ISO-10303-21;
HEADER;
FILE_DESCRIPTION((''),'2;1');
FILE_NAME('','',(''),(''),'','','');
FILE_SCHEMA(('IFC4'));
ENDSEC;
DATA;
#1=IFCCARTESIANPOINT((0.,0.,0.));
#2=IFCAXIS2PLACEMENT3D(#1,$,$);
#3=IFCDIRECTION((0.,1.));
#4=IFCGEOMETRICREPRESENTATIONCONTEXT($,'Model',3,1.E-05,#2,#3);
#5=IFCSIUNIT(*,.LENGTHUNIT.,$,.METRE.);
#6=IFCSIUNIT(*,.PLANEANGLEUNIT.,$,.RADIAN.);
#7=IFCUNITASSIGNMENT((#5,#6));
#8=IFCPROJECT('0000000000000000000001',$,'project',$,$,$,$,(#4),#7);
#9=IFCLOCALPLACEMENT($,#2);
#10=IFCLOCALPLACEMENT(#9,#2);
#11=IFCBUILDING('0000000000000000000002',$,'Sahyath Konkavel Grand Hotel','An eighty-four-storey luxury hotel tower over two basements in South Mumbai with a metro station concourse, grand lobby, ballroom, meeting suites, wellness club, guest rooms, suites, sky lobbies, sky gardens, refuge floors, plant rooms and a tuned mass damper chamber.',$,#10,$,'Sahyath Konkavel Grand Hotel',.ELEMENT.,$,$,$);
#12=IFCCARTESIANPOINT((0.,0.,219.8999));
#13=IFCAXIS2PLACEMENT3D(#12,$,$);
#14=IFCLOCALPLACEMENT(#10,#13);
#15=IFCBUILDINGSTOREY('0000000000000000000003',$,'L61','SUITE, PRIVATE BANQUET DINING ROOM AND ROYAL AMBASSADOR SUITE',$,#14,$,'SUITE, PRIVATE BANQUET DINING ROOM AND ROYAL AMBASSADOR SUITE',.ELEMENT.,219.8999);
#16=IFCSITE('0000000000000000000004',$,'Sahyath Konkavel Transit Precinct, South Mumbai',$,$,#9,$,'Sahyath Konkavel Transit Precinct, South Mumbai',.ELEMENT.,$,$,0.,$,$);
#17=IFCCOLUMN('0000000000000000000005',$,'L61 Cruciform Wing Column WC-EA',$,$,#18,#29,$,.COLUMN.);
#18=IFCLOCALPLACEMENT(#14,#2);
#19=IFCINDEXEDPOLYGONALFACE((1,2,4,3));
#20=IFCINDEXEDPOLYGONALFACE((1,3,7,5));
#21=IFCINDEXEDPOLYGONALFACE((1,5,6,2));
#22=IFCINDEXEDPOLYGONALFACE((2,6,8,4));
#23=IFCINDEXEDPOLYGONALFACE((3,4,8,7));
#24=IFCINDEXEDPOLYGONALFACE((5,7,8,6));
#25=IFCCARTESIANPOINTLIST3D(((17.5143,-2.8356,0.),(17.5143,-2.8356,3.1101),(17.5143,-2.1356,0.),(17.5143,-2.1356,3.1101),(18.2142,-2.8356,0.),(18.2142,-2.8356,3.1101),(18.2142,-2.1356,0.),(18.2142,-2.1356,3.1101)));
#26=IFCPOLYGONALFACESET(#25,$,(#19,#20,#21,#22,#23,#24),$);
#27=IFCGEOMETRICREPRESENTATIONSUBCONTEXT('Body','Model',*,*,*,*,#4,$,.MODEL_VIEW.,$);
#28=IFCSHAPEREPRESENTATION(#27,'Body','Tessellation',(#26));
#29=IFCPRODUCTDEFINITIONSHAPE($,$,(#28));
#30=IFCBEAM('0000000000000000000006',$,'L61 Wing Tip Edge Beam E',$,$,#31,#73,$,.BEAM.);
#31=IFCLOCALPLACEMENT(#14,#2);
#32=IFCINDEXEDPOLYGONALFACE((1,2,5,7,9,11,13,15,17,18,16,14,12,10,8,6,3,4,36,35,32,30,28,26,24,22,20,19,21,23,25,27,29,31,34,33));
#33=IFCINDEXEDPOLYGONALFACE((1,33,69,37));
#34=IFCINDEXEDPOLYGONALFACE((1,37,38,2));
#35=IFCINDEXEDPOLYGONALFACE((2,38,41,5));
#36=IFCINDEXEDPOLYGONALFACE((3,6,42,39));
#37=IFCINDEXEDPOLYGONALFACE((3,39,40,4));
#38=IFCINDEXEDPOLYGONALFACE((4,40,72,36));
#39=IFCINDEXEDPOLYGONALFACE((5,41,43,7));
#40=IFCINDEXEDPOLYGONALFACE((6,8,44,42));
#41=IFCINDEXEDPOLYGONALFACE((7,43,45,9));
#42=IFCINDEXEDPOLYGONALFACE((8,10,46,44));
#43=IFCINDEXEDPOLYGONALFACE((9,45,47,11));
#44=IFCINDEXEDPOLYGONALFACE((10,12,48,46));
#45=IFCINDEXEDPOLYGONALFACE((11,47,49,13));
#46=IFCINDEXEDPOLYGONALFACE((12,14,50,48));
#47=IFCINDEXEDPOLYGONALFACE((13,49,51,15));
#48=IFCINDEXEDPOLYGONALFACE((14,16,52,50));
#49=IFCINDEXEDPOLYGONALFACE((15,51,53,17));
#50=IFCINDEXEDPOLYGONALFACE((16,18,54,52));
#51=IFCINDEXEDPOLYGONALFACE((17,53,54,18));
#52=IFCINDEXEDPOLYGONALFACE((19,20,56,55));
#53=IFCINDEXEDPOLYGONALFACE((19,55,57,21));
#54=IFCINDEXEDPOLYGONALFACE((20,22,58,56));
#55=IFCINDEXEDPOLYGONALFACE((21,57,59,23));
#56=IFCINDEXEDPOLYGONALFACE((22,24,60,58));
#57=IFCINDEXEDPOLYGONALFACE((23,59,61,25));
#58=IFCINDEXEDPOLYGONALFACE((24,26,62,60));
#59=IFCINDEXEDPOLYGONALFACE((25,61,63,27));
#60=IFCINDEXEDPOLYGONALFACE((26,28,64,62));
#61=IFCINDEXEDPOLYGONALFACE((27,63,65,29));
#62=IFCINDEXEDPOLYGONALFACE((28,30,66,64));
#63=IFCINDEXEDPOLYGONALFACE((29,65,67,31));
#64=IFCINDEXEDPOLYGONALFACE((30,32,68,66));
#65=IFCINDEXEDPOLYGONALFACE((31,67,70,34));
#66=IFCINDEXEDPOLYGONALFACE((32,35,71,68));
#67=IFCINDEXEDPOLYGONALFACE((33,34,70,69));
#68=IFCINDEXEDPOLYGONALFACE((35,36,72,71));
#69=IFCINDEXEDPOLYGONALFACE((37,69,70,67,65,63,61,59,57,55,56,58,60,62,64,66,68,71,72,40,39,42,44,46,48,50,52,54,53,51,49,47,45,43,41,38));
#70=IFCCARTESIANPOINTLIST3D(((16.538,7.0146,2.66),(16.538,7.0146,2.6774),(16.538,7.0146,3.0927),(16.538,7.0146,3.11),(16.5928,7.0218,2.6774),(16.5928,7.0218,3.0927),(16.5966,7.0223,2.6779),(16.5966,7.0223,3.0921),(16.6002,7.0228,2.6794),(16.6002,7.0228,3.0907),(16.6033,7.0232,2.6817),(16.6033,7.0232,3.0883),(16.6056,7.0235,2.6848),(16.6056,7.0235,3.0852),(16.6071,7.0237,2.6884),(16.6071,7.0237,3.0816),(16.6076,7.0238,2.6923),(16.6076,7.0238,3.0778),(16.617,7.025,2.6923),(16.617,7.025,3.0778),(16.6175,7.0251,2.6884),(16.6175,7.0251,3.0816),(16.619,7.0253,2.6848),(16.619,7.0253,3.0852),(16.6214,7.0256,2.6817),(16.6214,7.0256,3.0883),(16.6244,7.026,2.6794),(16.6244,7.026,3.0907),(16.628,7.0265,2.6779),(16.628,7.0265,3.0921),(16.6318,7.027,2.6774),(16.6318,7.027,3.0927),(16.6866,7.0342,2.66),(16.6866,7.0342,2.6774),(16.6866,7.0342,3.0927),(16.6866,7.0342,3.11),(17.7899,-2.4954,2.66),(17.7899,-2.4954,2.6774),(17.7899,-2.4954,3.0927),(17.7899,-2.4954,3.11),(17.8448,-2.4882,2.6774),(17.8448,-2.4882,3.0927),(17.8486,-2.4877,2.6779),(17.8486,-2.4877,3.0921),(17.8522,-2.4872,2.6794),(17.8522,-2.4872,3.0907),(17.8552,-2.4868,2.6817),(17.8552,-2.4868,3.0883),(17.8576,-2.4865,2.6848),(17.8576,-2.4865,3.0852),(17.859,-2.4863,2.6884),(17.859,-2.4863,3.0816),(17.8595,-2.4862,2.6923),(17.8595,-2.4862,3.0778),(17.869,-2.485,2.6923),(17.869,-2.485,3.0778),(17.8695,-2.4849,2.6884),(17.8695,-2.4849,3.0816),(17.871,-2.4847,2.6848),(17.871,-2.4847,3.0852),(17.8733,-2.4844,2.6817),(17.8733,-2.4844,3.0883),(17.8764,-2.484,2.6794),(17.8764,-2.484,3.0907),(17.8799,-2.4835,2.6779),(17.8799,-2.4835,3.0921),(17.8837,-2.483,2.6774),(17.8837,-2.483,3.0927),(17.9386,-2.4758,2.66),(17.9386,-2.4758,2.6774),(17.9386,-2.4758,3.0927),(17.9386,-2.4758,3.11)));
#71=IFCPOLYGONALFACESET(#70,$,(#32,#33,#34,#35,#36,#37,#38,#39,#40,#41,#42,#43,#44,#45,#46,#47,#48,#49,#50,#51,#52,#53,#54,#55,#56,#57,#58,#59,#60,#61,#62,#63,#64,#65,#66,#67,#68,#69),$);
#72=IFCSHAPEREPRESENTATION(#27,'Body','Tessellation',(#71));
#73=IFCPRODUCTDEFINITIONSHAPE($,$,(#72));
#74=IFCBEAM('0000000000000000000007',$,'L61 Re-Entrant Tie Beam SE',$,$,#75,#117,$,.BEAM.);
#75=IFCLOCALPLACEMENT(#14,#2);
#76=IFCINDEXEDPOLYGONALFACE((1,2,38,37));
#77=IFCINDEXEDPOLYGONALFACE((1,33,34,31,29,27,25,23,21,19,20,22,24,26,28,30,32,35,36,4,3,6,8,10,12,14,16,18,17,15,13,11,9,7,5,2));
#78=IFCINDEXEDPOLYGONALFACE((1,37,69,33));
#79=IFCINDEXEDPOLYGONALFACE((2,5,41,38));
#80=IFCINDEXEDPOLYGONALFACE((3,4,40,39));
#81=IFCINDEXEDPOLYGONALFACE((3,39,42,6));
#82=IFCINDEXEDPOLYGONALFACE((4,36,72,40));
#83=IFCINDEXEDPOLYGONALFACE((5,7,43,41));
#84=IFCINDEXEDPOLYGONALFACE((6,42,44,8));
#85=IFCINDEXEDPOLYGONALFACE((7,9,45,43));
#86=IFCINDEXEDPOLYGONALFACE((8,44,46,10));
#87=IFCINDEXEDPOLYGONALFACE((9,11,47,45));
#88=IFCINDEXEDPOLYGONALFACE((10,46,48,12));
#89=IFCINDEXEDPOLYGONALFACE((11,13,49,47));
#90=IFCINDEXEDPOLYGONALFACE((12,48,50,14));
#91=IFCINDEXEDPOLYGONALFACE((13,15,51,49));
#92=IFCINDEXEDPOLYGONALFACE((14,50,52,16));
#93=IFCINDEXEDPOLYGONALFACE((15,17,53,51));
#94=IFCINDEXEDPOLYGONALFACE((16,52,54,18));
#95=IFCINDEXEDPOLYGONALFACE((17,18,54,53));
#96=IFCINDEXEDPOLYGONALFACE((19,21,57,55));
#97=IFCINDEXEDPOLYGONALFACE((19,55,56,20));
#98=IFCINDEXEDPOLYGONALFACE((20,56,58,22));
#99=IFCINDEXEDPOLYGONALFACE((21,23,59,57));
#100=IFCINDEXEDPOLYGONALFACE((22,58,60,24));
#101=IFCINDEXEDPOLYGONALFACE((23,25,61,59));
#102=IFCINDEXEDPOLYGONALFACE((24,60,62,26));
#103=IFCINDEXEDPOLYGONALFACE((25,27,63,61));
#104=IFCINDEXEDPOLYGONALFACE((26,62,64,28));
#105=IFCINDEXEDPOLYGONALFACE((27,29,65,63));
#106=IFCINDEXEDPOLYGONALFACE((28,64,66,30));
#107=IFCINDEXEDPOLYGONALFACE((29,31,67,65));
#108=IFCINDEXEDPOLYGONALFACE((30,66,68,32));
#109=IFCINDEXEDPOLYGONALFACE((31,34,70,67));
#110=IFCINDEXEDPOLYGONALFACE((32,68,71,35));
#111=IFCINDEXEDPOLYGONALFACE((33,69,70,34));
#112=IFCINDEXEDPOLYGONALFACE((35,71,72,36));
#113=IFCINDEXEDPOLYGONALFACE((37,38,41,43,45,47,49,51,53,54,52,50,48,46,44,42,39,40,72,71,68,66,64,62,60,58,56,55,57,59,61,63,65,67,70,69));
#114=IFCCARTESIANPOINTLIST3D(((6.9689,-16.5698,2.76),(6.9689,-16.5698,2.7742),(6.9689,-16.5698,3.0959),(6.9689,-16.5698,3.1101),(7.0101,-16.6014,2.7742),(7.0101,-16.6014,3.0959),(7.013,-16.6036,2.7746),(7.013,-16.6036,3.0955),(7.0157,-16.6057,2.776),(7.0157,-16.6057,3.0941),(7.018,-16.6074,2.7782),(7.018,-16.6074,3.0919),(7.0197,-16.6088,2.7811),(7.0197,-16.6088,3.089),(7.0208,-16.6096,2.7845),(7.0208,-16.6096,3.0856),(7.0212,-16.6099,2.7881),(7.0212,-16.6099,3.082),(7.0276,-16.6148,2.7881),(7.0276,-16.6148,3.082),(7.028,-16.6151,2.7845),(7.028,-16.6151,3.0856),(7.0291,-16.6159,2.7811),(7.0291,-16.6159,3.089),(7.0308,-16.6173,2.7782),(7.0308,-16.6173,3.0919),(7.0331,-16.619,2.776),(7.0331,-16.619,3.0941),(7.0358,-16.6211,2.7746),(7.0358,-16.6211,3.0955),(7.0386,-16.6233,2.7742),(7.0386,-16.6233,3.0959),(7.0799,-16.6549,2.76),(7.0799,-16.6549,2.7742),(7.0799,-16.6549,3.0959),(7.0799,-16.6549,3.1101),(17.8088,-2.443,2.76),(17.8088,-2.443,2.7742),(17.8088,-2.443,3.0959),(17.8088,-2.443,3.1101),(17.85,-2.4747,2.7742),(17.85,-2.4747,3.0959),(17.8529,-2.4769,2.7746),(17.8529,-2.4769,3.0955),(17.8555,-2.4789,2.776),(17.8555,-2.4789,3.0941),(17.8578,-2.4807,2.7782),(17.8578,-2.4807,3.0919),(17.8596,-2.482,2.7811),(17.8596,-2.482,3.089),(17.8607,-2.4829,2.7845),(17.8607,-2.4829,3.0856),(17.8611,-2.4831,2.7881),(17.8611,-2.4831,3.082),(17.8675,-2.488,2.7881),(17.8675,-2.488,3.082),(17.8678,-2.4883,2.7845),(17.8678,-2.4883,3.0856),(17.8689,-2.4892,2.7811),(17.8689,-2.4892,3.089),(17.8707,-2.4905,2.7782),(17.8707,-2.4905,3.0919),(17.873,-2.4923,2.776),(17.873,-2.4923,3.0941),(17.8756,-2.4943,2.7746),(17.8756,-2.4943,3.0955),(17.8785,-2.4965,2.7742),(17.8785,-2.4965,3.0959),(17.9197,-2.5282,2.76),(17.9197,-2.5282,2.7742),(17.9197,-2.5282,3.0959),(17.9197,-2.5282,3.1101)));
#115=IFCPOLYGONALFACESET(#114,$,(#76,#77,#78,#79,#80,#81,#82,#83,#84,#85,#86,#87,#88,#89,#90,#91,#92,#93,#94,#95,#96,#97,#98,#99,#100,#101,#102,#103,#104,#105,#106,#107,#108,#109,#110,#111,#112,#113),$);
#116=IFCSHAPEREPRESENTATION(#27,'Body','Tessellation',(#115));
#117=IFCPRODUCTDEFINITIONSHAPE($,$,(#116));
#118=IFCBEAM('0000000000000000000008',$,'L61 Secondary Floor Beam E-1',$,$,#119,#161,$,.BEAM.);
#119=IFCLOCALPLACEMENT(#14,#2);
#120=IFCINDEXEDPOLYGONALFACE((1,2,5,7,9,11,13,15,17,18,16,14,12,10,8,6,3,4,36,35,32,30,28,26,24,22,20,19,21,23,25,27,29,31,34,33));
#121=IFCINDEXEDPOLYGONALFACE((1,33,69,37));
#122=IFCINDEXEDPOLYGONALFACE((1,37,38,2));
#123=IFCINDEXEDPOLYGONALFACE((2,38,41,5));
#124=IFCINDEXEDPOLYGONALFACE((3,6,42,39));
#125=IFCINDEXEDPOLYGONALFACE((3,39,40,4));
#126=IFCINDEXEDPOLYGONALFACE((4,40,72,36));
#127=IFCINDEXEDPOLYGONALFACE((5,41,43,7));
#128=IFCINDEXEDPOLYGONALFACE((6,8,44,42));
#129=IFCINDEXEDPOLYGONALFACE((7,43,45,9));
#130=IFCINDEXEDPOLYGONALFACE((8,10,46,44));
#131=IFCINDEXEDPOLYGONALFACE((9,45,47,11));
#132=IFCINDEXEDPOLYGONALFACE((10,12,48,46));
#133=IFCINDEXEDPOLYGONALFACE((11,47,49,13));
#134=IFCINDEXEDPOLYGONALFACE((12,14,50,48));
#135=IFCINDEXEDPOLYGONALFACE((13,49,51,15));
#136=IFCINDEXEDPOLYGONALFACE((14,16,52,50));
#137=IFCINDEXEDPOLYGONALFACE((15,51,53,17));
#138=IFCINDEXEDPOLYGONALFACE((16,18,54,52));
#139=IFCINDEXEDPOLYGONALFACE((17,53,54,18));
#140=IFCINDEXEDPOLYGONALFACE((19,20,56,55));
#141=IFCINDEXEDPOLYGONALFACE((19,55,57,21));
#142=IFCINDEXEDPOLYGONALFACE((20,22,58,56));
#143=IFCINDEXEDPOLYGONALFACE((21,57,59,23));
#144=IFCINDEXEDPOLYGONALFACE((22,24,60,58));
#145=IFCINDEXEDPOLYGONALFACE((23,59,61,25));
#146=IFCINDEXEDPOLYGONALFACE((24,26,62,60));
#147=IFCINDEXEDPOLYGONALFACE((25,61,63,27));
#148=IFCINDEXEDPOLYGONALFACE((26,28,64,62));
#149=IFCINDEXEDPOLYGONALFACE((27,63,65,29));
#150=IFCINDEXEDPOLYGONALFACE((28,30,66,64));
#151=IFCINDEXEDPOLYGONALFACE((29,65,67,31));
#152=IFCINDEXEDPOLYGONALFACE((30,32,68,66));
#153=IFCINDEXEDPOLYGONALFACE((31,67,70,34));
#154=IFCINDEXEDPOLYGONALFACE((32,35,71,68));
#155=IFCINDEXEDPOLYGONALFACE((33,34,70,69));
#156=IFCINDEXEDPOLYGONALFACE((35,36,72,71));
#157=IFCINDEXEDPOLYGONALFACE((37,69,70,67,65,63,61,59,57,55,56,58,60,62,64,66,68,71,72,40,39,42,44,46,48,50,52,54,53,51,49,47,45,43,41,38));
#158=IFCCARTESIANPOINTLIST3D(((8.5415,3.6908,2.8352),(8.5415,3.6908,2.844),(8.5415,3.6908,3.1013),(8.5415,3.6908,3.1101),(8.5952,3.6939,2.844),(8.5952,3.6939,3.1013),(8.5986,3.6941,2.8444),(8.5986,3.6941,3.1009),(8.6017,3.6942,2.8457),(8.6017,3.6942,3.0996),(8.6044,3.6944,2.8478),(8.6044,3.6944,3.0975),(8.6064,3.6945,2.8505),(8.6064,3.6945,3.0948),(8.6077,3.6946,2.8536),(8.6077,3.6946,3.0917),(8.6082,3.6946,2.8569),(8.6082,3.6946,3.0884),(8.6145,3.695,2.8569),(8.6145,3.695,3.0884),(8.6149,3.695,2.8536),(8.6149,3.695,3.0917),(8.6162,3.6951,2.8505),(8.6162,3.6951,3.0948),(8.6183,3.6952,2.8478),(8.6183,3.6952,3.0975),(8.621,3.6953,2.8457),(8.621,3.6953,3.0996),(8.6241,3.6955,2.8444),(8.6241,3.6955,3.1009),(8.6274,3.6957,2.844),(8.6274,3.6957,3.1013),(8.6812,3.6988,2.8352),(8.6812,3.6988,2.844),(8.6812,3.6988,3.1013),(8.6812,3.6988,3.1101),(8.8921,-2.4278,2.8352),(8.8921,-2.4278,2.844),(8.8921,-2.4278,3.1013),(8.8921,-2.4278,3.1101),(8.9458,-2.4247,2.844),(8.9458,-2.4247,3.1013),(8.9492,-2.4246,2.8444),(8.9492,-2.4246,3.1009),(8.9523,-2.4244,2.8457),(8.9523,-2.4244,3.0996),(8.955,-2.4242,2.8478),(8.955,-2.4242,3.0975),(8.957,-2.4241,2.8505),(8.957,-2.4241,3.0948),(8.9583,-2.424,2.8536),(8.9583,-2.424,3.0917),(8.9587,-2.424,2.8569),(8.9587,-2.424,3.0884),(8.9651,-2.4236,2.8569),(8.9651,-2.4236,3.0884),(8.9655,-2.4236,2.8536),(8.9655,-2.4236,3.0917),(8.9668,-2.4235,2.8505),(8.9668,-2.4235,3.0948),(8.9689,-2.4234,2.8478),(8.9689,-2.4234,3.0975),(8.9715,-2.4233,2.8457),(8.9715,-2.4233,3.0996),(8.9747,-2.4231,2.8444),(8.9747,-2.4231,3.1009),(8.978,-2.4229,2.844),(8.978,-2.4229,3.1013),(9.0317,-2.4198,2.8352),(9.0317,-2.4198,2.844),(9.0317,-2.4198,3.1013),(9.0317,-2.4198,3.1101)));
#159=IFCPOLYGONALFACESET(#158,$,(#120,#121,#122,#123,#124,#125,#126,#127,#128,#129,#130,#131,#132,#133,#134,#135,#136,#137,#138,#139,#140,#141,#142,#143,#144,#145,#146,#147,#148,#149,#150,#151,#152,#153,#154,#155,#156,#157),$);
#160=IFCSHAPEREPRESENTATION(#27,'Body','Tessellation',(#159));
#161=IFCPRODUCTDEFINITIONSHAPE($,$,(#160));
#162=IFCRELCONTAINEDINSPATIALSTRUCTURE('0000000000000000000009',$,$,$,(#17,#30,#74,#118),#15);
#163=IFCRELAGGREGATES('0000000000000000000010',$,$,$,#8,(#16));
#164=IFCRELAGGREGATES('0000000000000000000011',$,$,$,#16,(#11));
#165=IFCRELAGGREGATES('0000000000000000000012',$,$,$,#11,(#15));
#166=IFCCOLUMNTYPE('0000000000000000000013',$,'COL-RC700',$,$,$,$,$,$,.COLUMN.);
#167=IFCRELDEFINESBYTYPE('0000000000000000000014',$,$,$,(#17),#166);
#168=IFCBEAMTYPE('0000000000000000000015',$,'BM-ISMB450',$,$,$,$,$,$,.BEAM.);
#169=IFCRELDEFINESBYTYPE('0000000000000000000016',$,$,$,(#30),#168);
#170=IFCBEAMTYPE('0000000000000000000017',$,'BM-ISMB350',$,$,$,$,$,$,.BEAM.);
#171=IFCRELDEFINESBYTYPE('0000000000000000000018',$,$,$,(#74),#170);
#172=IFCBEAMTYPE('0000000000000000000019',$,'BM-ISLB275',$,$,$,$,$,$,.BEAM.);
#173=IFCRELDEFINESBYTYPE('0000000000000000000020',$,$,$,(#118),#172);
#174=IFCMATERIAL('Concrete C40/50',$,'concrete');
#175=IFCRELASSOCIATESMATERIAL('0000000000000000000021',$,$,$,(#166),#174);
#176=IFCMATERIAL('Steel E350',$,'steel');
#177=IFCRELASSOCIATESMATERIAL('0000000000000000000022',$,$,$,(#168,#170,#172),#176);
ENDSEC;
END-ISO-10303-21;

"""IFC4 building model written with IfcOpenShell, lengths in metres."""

from ifc_helpers import new_model, si_unit, direction, frame, origin, origin_2d, place, context, subcontext, project, spatial, rectangle, i_section, extrude, source, transform, mapped, material, material_profile, profile_set, type_object, element, save


model = new_model("IFC4")

# Units and contexts
model_context = context("Model", 3, precision=1e-05, world=origin(), true_north=direction((0.0, 1.0)))
body_context = subcontext(model_context, "Body", "Model", "MODEL_VIEW")
ifc_project = project(units=[si_unit("LENGTHUNIT", "METRE"), si_unit("PLANEANGLEUNIT", "RADIAN")], contexts=[model_context])

# Site, building, storey
site_placement = place(None, origin())
site = spatial("IfcSite", under=ifc_project, at=site_placement, Name="Sahyath Konkavel Transit Precinct, South Mumbai", LongName="Sahyath Konkavel Transit Precinct, South Mumbai", CompositionType="ELEMENT", RefElevation=0.0)
building_placement = place(site_placement, origin())
building = spatial("IfcBuilding", under=site, at=building_placement, Name="Sahyath Konkavel Grand Hotel", Description="An eighty-four-storey luxury hotel tower over two basements in South Mumbai with a metro station concourse, grand lobby, ballroom, meeting suites, wellness club, guest rooms, suites, sky lobbies, sky gardens, refuge floors, plant rooms and a tuned mass damper chamber.", LongName="Sahyath Konkavel Grand Hotel", CompositionType="ELEMENT")
storey_placement = place(building_placement, frame((0.0, 0.0, 219.8999)))
storey = spatial("IfcBuildingStorey", under=building, at=storey_placement, Name="L61", Description="SUITE, PRIVATE BANQUET DINING ROOM AND ROYAL AMBASSADOR SUITE", LongName="SUITE, PRIVATE BANQUET DINING ROOM AND ROYAL AMBASSADOR SUITE", CompositionType="ELEMENT", Elevation=219.8999)

# Column
ifc_material_1 = material(Name="Concrete C40/50", Category="concrete")
ifc_material_profile_1 = material_profile(ifc_material_1, rectangle(XDim=0.7, YDim=0.7, at=origin_2d()), Name="RC 700x700")
ifc_profile_set_1 = profile_set([ifc_material_profile_1], Name="Concrete C40/50")
column_type = type_object("IfcColumnType", Name="COL-RC700", PredefinedType="COLUMN", material=ifc_profile_set_1)
shared_shape_1 = source(origin(), body_context, "Body", "SweptSolid", [
    extrude(rectangle(XDim=0.7, YDim=0.7, at=origin_2d()), origin(), (0.0, 0.0, 1.0), 3.1101),
])
column_placement = place(storey_placement, frame((17.8643, -2.4856, 0.0), z_axis=(0.0, 0.0, 1.0), x_axis=(1.0, 0.0, 0.0)))
element("IfcColumn", 1, at=column_placement, inside=storey, type_object=column_type, Name="L61 Cruciform Wing Column WC-EA", PredefinedType="COLUMN", context=body_context, shape_type="MappedRepresentation", body=[
    mapped(shared_shape_1, transform((0.0, 0.0, 0.0), scale=1.0)),
])

# Beams
ifc_material_2 = material(Name="Steel E350", Category="steel")
ifc_material_profile_2 = material_profile(ifc_material_2, i_section(OverallWidth=0.1499, OverallDepth=0.45, WebThickness=0.0095, FlangeThickness=0.0173, FilletRadius=0.0149, at=origin_2d()), Name="ISMB 450")
ifc_profile_set_2 = profile_set([ifc_material_profile_2], Name="Steel E350")
beam_type_1 = type_object("IfcBeamType", Name="BM-ISMB450", PredefinedType="BEAM", material=ifc_profile_set_2)
shared_shape_2 = source(origin(), body_context, "Body", "SweptSolid", [
    extrude(i_section(OverallWidth=0.1499, OverallDepth=0.45, WebThickness=0.0095, FlangeThickness=0.0173, FilletRadius=0.0149, at=origin_2d()), origin(), (0.0, 0.0, 1.0), 9.592),
])
beam_1_placement = place(storey_placement, frame((17.8643, -2.4856, 2.885), z_axis=(-0.13052, 0.991446, 0.0), x_axis=(-0.991446, -0.13052, 0.0)))
element("IfcBeam", 2, at=beam_1_placement, inside=storey, type_object=beam_type_1, Name="L61 Wing Tip Edge Beam E", PredefinedType="BEAM", context=body_context, shape_type="MappedRepresentation", body=[
    mapped(shared_shape_2, transform((0.0, 0.0, 0.0), scale=1.0)),
])
ifc_material_profile_3 = material_profile(ifc_material_2, i_section(OverallWidth=0.1399, OverallDepth=0.3501, WebThickness=0.0081, FlangeThickness=0.0142, FilletRadius=0.0139, at=origin_2d()), Name="ISMB 350")
ifc_profile_set_3 = profile_set([ifc_material_profile_3], Name="Steel E350")
beam_type_2 = type_object("IfcBeamType", Name="BM-ISMB350", PredefinedType="BEAM", material=ifc_profile_set_3)
shared_shape_3 = source(origin(), body_context, "Body", "SweptSolid", [
    extrude(i_section(OverallWidth=0.1399, OverallDepth=0.3501, WebThickness=0.0081, FlangeThickness=0.0142, FilletRadius=0.0139, at=origin_2d()), origin(), (0.0, 0.0, 1.0), 17.8064),
])
beam_2_placement = place(storey_placement, frame((17.8643, -2.4856, 2.9351), z_axis=(-0.608763, -0.793352, 0.0), x_axis=(0.793352, -0.608763, 0.0)))
element("IfcBeam", 3, at=beam_2_placement, inside=storey, type_object=beam_type_2, Name="L61 Re-Entrant Tie Beam SE", PredefinedType="BEAM", context=body_context, shape_type="MappedRepresentation", body=[
    mapped(shared_shape_3, transform((0.0, 0.0, 0.0), scale=1.0)),
])
ifc_material_profile_4 = material_profile(ifc_material_2, i_section(OverallWidth=0.1399, OverallDepth=0.2749, WebThickness=0.0063, FlangeThickness=0.0088, FilletRadius=0.0129, at=origin_2d()), Name="ISLB 275")
ifc_profile_set_4 = profile_set([ifc_material_profile_4], Name="Steel E350")
beam_type_3 = type_object("IfcBeamType", Name="BM-ISLB275", PredefinedType="BEAM", material=ifc_profile_set_4)
shared_shape_4 = source(origin(), body_context, "Body", "SweptSolid", [
    extrude(i_section(OverallWidth=0.1399, OverallDepth=0.2749, WebThickness=0.0063, FlangeThickness=0.0088, FilletRadius=0.0129, at=origin_2d()), origin(), (0.0, 0.0, 1.0), 6.1287),
])
beam_3_placement = place(storey_placement, frame((8.9619, -2.4238, 2.9727), z_axis=(-0.057204, 0.998363, 0.0), x_axis=(-0.998363, -0.057204, 0.0)))
element("IfcBeam", 4, at=beam_3_placement, inside=storey, type_object=beam_type_3, Name="L61 Secondary Floor Beam E-1", PredefinedType="BEAM", context=body_context, shape_type="MappedRepresentation", body=[
    mapped(shared_shape_4, transform((0.0, 0.0, 0.0), scale=1.0)),
])

save(model, "model.ifc")
